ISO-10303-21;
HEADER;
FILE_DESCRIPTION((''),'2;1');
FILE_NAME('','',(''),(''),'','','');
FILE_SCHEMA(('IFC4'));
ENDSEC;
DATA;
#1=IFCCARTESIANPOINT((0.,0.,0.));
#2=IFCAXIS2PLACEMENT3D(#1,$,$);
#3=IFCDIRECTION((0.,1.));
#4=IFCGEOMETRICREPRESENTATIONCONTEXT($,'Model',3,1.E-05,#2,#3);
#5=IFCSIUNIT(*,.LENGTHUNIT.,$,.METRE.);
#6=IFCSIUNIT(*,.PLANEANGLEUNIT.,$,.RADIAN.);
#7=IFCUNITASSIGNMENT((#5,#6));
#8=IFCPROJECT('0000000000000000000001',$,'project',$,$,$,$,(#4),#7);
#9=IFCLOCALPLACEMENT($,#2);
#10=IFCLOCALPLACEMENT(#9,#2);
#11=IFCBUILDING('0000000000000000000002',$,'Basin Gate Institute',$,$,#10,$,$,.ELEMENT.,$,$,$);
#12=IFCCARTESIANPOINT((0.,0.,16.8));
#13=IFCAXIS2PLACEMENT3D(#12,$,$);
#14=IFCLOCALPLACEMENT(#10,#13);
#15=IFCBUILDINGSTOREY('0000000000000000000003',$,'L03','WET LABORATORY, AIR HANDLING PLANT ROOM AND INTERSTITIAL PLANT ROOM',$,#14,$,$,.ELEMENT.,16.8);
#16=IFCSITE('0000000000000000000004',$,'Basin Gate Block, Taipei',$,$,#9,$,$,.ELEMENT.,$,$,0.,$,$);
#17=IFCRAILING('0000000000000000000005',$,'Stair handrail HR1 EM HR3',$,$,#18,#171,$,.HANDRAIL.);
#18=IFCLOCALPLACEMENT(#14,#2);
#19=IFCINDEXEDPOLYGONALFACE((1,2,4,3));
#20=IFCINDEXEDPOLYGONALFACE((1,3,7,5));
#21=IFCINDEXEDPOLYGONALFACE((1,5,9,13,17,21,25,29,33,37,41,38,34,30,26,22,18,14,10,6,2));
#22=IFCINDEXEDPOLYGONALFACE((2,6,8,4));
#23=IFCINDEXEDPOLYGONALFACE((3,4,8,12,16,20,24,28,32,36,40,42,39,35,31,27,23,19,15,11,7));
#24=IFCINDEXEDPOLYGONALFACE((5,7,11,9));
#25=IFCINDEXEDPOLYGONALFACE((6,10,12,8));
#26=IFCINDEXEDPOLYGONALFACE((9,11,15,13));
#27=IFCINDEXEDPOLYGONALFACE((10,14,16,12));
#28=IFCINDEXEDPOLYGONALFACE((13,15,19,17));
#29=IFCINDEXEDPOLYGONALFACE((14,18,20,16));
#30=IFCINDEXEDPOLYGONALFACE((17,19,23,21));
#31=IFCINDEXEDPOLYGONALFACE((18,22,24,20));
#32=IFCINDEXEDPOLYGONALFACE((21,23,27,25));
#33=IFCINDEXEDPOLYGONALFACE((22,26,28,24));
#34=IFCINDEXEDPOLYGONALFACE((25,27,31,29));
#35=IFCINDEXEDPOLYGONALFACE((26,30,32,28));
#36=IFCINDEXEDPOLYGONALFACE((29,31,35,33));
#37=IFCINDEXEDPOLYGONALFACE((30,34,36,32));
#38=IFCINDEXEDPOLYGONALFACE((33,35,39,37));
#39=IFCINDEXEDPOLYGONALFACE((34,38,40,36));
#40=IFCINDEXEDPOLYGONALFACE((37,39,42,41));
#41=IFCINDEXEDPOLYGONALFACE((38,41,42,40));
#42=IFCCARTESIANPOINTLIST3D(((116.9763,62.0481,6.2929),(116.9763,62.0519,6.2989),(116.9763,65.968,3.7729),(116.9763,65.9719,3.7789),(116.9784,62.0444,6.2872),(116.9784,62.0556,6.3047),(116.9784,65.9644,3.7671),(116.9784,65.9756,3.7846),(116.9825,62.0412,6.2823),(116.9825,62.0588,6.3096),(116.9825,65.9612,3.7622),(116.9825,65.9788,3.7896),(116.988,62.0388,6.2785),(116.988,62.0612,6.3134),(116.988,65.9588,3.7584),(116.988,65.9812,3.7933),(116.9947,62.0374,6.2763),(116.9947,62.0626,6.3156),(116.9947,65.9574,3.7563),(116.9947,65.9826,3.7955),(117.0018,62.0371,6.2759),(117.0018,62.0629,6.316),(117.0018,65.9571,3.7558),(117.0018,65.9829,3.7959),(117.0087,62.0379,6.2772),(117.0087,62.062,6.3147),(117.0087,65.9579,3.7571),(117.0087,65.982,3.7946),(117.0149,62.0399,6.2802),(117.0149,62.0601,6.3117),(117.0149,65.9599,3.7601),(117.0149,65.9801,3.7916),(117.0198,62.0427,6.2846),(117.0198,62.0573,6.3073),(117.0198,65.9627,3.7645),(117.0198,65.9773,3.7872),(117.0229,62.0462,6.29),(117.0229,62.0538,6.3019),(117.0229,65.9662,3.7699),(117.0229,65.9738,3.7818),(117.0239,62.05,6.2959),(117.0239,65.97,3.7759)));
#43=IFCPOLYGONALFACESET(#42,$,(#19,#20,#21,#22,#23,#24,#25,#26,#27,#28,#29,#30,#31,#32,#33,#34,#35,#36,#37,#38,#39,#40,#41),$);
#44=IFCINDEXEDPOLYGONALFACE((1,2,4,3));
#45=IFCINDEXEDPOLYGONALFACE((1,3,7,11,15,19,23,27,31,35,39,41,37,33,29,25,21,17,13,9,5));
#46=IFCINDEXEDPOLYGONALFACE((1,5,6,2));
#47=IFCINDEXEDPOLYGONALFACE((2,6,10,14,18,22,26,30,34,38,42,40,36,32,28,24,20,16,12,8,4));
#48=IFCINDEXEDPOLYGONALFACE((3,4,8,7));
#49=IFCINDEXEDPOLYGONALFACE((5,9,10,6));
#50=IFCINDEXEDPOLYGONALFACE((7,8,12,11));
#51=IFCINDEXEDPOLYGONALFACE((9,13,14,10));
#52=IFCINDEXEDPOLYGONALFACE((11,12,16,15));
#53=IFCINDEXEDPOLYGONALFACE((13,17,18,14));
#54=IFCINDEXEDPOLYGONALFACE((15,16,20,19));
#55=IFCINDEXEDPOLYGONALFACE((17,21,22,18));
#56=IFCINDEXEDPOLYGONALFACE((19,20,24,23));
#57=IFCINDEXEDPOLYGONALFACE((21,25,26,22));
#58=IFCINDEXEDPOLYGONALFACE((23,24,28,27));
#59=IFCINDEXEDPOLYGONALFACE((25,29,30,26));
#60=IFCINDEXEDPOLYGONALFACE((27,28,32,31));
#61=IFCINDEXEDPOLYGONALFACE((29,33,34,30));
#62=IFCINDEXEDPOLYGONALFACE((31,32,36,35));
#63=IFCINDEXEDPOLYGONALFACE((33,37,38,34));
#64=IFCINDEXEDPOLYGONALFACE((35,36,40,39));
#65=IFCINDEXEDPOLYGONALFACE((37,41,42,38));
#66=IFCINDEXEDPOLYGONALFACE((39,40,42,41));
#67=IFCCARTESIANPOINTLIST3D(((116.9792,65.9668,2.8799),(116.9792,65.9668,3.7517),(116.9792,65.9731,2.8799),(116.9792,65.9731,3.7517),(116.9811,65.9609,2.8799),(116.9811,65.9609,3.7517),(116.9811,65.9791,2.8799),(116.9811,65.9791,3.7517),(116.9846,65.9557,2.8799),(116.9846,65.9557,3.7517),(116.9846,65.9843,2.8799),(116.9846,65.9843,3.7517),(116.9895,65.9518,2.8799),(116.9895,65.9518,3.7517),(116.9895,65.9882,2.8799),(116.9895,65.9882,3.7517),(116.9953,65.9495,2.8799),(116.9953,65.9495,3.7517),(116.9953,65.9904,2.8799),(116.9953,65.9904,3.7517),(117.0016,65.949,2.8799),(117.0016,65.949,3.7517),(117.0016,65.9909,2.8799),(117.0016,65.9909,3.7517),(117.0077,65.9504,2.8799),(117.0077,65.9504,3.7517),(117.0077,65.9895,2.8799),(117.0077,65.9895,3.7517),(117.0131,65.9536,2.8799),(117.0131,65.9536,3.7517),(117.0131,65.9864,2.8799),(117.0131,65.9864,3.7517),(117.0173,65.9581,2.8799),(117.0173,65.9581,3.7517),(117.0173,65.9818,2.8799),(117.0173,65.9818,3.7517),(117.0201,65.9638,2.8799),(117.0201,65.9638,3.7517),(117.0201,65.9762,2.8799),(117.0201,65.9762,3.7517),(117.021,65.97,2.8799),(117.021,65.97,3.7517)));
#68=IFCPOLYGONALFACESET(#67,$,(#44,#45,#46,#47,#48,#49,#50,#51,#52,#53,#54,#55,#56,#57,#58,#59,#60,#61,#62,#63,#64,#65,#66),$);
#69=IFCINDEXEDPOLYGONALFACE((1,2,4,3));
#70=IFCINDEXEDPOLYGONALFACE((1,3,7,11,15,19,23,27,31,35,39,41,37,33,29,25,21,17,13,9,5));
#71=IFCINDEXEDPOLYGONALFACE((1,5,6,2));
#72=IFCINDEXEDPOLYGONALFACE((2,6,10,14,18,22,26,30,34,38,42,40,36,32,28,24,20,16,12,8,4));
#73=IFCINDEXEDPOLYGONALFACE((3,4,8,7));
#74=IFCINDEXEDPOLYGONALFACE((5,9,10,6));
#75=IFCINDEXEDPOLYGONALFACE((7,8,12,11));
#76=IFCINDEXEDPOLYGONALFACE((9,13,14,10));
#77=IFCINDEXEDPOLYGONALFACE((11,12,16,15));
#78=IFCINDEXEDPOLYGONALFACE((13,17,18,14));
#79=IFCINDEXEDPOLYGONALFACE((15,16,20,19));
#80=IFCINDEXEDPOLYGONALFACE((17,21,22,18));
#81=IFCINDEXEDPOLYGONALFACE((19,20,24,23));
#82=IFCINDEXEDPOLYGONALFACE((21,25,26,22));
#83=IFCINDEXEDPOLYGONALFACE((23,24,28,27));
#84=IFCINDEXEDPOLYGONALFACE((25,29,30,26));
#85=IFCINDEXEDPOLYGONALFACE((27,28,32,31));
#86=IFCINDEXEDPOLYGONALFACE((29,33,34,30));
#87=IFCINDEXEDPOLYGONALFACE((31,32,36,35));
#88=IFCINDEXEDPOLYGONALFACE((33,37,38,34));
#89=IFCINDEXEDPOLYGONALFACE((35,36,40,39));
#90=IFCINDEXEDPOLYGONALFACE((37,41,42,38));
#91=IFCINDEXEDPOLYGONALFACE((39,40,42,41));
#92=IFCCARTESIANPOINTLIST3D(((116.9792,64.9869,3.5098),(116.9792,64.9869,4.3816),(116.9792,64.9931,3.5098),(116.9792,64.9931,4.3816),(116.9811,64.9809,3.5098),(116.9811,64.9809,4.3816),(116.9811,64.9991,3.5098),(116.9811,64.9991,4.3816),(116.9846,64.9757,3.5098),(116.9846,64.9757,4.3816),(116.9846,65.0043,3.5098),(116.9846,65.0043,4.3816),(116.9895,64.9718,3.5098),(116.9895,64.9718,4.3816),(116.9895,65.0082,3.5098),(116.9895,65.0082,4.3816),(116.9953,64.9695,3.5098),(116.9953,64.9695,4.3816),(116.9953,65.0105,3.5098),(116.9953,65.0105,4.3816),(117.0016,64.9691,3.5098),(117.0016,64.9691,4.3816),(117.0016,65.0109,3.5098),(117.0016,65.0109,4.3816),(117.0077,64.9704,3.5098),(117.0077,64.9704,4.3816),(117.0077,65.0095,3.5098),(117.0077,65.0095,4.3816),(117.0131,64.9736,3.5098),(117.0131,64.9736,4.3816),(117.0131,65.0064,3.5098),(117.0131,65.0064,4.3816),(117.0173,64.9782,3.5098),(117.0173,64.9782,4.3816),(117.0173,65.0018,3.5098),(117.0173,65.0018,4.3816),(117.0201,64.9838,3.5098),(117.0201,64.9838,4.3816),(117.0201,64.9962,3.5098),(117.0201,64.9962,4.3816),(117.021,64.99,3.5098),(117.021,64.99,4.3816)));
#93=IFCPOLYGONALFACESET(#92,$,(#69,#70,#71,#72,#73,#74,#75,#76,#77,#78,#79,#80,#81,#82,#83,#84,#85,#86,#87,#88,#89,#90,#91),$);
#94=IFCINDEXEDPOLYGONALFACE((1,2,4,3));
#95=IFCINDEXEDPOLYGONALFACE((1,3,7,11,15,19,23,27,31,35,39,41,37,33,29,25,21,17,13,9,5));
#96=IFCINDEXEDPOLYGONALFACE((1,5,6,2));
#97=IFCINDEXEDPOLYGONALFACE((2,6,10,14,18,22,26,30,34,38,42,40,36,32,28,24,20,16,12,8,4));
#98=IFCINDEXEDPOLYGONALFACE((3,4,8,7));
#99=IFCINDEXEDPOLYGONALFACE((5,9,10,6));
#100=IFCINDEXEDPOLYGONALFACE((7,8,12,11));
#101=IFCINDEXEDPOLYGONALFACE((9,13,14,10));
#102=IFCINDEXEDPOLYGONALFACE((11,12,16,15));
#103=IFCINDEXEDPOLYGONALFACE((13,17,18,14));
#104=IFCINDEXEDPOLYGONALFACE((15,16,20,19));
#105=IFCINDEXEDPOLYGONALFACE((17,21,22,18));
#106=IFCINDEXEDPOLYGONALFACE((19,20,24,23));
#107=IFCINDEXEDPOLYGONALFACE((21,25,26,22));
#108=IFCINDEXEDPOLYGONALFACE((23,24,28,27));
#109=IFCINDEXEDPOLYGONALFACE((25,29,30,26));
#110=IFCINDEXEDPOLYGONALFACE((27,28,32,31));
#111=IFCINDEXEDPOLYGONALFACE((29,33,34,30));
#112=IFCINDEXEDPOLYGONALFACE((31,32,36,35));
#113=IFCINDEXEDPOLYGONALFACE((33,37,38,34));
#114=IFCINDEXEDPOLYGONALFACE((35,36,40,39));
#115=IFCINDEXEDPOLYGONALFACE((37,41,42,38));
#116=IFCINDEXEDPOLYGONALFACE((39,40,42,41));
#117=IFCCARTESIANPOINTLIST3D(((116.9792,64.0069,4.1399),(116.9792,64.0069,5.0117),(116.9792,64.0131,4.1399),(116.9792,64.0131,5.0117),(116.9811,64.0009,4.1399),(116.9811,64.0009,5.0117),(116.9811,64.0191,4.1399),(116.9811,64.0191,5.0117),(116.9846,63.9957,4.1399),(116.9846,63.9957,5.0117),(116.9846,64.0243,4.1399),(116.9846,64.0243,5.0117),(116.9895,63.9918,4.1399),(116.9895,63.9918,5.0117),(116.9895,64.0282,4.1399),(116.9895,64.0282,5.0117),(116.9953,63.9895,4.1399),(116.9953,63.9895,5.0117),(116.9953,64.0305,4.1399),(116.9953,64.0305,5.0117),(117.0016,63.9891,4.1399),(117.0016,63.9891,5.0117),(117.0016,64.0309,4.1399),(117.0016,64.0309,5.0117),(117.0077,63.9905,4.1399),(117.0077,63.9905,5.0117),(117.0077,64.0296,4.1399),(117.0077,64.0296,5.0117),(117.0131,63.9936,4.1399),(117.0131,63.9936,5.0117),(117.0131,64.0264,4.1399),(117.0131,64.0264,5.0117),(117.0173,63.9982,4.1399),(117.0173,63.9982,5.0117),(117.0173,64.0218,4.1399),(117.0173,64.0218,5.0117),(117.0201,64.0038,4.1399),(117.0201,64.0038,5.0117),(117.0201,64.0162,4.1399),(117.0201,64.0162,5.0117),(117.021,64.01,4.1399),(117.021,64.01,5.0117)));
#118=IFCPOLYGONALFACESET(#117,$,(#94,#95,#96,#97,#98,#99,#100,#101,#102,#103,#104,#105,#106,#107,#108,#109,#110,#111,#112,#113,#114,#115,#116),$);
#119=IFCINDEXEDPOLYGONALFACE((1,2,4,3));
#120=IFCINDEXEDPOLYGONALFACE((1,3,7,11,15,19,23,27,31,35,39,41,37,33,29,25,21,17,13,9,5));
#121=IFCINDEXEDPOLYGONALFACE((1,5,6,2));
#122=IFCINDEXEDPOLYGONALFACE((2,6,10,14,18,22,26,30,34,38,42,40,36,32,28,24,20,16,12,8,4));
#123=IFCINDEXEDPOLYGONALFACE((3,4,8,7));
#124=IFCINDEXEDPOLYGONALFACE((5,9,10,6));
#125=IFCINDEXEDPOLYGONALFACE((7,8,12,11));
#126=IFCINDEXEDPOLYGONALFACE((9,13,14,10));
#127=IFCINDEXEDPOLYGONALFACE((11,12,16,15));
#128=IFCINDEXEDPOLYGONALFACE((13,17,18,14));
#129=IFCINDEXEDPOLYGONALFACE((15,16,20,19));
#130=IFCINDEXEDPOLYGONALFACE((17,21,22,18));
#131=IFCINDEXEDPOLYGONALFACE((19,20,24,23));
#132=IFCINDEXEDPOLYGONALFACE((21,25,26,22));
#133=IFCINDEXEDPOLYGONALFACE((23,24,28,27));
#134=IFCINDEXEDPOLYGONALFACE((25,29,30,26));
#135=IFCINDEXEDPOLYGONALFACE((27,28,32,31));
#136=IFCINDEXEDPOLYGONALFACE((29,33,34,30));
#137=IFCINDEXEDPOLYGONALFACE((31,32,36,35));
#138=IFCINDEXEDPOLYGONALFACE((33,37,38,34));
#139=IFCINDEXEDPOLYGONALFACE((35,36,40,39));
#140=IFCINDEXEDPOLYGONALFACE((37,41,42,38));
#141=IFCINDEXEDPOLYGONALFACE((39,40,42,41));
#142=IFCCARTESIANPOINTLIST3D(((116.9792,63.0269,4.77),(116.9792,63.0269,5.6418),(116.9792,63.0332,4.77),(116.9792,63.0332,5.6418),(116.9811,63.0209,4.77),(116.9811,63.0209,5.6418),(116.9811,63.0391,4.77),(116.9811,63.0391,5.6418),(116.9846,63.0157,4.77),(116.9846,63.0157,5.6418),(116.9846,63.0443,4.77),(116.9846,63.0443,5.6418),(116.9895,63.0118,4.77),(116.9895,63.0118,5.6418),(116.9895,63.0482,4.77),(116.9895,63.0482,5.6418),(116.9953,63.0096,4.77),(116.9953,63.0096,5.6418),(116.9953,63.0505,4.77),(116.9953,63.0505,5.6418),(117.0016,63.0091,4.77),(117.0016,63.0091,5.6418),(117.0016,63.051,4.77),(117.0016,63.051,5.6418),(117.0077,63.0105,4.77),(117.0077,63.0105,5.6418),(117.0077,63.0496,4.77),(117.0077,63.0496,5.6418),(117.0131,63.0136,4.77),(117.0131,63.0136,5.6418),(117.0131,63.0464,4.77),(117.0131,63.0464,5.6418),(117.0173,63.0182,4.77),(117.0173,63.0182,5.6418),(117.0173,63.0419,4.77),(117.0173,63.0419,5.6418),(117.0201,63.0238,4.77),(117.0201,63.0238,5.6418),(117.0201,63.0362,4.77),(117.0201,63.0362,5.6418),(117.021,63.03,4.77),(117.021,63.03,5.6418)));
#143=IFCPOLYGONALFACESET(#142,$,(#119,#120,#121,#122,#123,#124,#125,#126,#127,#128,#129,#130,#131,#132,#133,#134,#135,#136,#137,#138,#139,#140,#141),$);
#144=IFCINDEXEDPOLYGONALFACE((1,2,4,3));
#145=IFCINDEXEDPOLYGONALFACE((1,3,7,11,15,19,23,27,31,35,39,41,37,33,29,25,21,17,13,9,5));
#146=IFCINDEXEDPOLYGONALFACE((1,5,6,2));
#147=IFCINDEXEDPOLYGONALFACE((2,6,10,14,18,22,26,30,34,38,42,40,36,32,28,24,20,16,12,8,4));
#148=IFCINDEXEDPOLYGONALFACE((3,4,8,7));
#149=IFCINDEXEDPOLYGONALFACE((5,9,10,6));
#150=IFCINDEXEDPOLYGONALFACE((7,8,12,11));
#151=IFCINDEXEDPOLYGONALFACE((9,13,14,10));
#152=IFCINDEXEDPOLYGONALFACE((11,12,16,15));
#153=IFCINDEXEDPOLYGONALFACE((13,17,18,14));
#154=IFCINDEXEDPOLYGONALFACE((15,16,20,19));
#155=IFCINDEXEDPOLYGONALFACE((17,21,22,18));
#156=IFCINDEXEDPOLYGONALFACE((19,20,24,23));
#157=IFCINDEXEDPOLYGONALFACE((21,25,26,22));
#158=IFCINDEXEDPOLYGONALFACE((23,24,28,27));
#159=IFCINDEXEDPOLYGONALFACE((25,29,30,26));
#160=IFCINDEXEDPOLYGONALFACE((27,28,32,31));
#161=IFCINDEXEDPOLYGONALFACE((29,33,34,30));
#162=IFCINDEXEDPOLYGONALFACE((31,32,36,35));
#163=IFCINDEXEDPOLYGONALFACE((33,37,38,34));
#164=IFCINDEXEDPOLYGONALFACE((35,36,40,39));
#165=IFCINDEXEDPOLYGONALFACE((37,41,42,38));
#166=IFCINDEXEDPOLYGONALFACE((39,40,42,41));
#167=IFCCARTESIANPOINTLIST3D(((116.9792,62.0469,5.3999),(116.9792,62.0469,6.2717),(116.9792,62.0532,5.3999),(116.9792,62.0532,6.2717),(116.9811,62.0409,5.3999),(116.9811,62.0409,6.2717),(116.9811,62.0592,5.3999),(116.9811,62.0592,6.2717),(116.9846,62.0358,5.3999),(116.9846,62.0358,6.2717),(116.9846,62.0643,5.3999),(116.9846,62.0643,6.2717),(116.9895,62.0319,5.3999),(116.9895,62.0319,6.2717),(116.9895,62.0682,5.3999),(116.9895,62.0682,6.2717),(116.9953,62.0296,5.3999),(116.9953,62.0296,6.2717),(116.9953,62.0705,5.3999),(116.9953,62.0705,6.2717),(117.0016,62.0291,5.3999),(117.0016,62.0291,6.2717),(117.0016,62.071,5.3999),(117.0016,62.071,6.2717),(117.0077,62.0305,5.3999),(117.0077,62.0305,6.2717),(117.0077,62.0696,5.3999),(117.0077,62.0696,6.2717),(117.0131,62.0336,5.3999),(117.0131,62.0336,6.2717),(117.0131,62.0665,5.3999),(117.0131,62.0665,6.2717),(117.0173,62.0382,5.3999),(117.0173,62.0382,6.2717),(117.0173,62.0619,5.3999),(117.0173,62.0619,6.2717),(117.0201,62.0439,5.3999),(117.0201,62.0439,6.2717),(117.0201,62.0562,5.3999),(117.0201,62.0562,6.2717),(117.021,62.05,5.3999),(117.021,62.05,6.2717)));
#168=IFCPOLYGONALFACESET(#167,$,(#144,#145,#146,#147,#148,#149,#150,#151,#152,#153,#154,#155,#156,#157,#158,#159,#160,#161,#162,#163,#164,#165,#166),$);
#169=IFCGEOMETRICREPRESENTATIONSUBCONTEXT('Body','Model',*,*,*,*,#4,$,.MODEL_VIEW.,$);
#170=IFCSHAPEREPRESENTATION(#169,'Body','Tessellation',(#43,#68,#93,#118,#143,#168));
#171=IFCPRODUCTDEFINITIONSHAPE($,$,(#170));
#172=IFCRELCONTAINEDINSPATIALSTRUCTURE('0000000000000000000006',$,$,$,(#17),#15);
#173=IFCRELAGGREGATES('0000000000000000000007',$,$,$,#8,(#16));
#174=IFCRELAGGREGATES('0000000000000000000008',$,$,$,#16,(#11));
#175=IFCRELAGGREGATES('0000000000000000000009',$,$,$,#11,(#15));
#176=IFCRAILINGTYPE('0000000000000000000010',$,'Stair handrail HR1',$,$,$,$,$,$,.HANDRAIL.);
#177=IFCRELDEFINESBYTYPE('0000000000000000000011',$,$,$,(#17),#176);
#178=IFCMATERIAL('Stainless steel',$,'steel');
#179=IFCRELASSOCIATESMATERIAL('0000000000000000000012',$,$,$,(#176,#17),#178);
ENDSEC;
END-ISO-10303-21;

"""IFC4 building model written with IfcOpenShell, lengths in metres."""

from ifc_helpers import new_model, si_unit, direction, frame, origin, origin_2d, place, context, subcontext, project, spatial, circle, extrude, material, type_object, element, save


model = new_model("IFC4")

# Units and contexts
model_context = context("Model", 3, precision=1e-05, world=origin(), true_north=direction((0.0, 1.0)))
body_context = subcontext(model_context, "Body", "Model", "MODEL_VIEW")
ifc_project = project(units=[si_unit("LENGTHUNIT", "METRE"), si_unit("PLANEANGLEUNIT", "RADIAN")], contexts=[model_context])

# Site, building, storey
site_placement = place(None, origin())
site = spatial("IfcSite", under=ifc_project, at=site_placement, Name="Basin Gate Block, Taipei", CompositionType="ELEMENT", RefElevation=0.0)
building_placement = place(site_placement, origin())
building = spatial("IfcBuilding", under=site, at=building_placement, Name="Basin Gate Institute", CompositionType="ELEMENT")
storey_placement = place(building_placement, frame((0.0, 0.0, 16.8)))
storey = spatial("IfcBuildingStorey", under=building, at=storey_placement, Name="L03", Description="WET LABORATORY, AIR HANDLING PLANT ROOM AND INTERSTITIAL PLANT ROOM", CompositionType="ELEMENT", Elevation=16.8)

# Railing
ifc_material_1 = material(Name="Stainless steel", Category="steel")
railing_type = type_object("IfcRailingType", Name="Stair handrail HR1", PredefinedType="HANDRAIL", material=ifc_material_1)
railing_placement = place(storey_placement, frame((117.0, 65.97, 2.8799)))
element("IfcRailing", 1, at=railing_placement, inside=storey, type_object=railing_type, material=ifc_material_1, Name="Stair handrail HR1 EM HR3", PredefinedType="HANDRAIL", context=body_context, shape_type="SweptSolid", body=[
    extrude(circle(Radius=0.0239, at=origin_2d()), frame((0.0, 0.0, 0.896), z_axis=(0.0, -0.841172, 0.540768), x_axis=(1.0, 0.0, 0.0)), (0.0, 0.0, 1.0), 4.6602),
    extrude(circle(Radius=0.021, at=origin_2d()), origin(), (0.0, 0.0, 1.0), 0.8718),
    extrude(circle(Radius=0.021, at=origin_2d()), frame((0.0, -0.98, 0.6299)), (0.0, 0.0, 1.0), 0.8718),
    extrude(circle(Radius=0.021, at=origin_2d()), frame((0.0, -1.96, 1.26)), (0.0, 0.0, 1.0), 0.8718),
    extrude(circle(Radius=0.021, at=origin_2d()), frame((0.0, -2.9399, 1.8901)), (0.0, 0.0, 1.0), 0.8718),
    extrude(circle(Radius=0.021, at=origin_2d()), frame((0.0, -3.9199, 2.52)), (0.0, 0.0, 1.0), 0.8718),
])

save(model, "model.ifc")
